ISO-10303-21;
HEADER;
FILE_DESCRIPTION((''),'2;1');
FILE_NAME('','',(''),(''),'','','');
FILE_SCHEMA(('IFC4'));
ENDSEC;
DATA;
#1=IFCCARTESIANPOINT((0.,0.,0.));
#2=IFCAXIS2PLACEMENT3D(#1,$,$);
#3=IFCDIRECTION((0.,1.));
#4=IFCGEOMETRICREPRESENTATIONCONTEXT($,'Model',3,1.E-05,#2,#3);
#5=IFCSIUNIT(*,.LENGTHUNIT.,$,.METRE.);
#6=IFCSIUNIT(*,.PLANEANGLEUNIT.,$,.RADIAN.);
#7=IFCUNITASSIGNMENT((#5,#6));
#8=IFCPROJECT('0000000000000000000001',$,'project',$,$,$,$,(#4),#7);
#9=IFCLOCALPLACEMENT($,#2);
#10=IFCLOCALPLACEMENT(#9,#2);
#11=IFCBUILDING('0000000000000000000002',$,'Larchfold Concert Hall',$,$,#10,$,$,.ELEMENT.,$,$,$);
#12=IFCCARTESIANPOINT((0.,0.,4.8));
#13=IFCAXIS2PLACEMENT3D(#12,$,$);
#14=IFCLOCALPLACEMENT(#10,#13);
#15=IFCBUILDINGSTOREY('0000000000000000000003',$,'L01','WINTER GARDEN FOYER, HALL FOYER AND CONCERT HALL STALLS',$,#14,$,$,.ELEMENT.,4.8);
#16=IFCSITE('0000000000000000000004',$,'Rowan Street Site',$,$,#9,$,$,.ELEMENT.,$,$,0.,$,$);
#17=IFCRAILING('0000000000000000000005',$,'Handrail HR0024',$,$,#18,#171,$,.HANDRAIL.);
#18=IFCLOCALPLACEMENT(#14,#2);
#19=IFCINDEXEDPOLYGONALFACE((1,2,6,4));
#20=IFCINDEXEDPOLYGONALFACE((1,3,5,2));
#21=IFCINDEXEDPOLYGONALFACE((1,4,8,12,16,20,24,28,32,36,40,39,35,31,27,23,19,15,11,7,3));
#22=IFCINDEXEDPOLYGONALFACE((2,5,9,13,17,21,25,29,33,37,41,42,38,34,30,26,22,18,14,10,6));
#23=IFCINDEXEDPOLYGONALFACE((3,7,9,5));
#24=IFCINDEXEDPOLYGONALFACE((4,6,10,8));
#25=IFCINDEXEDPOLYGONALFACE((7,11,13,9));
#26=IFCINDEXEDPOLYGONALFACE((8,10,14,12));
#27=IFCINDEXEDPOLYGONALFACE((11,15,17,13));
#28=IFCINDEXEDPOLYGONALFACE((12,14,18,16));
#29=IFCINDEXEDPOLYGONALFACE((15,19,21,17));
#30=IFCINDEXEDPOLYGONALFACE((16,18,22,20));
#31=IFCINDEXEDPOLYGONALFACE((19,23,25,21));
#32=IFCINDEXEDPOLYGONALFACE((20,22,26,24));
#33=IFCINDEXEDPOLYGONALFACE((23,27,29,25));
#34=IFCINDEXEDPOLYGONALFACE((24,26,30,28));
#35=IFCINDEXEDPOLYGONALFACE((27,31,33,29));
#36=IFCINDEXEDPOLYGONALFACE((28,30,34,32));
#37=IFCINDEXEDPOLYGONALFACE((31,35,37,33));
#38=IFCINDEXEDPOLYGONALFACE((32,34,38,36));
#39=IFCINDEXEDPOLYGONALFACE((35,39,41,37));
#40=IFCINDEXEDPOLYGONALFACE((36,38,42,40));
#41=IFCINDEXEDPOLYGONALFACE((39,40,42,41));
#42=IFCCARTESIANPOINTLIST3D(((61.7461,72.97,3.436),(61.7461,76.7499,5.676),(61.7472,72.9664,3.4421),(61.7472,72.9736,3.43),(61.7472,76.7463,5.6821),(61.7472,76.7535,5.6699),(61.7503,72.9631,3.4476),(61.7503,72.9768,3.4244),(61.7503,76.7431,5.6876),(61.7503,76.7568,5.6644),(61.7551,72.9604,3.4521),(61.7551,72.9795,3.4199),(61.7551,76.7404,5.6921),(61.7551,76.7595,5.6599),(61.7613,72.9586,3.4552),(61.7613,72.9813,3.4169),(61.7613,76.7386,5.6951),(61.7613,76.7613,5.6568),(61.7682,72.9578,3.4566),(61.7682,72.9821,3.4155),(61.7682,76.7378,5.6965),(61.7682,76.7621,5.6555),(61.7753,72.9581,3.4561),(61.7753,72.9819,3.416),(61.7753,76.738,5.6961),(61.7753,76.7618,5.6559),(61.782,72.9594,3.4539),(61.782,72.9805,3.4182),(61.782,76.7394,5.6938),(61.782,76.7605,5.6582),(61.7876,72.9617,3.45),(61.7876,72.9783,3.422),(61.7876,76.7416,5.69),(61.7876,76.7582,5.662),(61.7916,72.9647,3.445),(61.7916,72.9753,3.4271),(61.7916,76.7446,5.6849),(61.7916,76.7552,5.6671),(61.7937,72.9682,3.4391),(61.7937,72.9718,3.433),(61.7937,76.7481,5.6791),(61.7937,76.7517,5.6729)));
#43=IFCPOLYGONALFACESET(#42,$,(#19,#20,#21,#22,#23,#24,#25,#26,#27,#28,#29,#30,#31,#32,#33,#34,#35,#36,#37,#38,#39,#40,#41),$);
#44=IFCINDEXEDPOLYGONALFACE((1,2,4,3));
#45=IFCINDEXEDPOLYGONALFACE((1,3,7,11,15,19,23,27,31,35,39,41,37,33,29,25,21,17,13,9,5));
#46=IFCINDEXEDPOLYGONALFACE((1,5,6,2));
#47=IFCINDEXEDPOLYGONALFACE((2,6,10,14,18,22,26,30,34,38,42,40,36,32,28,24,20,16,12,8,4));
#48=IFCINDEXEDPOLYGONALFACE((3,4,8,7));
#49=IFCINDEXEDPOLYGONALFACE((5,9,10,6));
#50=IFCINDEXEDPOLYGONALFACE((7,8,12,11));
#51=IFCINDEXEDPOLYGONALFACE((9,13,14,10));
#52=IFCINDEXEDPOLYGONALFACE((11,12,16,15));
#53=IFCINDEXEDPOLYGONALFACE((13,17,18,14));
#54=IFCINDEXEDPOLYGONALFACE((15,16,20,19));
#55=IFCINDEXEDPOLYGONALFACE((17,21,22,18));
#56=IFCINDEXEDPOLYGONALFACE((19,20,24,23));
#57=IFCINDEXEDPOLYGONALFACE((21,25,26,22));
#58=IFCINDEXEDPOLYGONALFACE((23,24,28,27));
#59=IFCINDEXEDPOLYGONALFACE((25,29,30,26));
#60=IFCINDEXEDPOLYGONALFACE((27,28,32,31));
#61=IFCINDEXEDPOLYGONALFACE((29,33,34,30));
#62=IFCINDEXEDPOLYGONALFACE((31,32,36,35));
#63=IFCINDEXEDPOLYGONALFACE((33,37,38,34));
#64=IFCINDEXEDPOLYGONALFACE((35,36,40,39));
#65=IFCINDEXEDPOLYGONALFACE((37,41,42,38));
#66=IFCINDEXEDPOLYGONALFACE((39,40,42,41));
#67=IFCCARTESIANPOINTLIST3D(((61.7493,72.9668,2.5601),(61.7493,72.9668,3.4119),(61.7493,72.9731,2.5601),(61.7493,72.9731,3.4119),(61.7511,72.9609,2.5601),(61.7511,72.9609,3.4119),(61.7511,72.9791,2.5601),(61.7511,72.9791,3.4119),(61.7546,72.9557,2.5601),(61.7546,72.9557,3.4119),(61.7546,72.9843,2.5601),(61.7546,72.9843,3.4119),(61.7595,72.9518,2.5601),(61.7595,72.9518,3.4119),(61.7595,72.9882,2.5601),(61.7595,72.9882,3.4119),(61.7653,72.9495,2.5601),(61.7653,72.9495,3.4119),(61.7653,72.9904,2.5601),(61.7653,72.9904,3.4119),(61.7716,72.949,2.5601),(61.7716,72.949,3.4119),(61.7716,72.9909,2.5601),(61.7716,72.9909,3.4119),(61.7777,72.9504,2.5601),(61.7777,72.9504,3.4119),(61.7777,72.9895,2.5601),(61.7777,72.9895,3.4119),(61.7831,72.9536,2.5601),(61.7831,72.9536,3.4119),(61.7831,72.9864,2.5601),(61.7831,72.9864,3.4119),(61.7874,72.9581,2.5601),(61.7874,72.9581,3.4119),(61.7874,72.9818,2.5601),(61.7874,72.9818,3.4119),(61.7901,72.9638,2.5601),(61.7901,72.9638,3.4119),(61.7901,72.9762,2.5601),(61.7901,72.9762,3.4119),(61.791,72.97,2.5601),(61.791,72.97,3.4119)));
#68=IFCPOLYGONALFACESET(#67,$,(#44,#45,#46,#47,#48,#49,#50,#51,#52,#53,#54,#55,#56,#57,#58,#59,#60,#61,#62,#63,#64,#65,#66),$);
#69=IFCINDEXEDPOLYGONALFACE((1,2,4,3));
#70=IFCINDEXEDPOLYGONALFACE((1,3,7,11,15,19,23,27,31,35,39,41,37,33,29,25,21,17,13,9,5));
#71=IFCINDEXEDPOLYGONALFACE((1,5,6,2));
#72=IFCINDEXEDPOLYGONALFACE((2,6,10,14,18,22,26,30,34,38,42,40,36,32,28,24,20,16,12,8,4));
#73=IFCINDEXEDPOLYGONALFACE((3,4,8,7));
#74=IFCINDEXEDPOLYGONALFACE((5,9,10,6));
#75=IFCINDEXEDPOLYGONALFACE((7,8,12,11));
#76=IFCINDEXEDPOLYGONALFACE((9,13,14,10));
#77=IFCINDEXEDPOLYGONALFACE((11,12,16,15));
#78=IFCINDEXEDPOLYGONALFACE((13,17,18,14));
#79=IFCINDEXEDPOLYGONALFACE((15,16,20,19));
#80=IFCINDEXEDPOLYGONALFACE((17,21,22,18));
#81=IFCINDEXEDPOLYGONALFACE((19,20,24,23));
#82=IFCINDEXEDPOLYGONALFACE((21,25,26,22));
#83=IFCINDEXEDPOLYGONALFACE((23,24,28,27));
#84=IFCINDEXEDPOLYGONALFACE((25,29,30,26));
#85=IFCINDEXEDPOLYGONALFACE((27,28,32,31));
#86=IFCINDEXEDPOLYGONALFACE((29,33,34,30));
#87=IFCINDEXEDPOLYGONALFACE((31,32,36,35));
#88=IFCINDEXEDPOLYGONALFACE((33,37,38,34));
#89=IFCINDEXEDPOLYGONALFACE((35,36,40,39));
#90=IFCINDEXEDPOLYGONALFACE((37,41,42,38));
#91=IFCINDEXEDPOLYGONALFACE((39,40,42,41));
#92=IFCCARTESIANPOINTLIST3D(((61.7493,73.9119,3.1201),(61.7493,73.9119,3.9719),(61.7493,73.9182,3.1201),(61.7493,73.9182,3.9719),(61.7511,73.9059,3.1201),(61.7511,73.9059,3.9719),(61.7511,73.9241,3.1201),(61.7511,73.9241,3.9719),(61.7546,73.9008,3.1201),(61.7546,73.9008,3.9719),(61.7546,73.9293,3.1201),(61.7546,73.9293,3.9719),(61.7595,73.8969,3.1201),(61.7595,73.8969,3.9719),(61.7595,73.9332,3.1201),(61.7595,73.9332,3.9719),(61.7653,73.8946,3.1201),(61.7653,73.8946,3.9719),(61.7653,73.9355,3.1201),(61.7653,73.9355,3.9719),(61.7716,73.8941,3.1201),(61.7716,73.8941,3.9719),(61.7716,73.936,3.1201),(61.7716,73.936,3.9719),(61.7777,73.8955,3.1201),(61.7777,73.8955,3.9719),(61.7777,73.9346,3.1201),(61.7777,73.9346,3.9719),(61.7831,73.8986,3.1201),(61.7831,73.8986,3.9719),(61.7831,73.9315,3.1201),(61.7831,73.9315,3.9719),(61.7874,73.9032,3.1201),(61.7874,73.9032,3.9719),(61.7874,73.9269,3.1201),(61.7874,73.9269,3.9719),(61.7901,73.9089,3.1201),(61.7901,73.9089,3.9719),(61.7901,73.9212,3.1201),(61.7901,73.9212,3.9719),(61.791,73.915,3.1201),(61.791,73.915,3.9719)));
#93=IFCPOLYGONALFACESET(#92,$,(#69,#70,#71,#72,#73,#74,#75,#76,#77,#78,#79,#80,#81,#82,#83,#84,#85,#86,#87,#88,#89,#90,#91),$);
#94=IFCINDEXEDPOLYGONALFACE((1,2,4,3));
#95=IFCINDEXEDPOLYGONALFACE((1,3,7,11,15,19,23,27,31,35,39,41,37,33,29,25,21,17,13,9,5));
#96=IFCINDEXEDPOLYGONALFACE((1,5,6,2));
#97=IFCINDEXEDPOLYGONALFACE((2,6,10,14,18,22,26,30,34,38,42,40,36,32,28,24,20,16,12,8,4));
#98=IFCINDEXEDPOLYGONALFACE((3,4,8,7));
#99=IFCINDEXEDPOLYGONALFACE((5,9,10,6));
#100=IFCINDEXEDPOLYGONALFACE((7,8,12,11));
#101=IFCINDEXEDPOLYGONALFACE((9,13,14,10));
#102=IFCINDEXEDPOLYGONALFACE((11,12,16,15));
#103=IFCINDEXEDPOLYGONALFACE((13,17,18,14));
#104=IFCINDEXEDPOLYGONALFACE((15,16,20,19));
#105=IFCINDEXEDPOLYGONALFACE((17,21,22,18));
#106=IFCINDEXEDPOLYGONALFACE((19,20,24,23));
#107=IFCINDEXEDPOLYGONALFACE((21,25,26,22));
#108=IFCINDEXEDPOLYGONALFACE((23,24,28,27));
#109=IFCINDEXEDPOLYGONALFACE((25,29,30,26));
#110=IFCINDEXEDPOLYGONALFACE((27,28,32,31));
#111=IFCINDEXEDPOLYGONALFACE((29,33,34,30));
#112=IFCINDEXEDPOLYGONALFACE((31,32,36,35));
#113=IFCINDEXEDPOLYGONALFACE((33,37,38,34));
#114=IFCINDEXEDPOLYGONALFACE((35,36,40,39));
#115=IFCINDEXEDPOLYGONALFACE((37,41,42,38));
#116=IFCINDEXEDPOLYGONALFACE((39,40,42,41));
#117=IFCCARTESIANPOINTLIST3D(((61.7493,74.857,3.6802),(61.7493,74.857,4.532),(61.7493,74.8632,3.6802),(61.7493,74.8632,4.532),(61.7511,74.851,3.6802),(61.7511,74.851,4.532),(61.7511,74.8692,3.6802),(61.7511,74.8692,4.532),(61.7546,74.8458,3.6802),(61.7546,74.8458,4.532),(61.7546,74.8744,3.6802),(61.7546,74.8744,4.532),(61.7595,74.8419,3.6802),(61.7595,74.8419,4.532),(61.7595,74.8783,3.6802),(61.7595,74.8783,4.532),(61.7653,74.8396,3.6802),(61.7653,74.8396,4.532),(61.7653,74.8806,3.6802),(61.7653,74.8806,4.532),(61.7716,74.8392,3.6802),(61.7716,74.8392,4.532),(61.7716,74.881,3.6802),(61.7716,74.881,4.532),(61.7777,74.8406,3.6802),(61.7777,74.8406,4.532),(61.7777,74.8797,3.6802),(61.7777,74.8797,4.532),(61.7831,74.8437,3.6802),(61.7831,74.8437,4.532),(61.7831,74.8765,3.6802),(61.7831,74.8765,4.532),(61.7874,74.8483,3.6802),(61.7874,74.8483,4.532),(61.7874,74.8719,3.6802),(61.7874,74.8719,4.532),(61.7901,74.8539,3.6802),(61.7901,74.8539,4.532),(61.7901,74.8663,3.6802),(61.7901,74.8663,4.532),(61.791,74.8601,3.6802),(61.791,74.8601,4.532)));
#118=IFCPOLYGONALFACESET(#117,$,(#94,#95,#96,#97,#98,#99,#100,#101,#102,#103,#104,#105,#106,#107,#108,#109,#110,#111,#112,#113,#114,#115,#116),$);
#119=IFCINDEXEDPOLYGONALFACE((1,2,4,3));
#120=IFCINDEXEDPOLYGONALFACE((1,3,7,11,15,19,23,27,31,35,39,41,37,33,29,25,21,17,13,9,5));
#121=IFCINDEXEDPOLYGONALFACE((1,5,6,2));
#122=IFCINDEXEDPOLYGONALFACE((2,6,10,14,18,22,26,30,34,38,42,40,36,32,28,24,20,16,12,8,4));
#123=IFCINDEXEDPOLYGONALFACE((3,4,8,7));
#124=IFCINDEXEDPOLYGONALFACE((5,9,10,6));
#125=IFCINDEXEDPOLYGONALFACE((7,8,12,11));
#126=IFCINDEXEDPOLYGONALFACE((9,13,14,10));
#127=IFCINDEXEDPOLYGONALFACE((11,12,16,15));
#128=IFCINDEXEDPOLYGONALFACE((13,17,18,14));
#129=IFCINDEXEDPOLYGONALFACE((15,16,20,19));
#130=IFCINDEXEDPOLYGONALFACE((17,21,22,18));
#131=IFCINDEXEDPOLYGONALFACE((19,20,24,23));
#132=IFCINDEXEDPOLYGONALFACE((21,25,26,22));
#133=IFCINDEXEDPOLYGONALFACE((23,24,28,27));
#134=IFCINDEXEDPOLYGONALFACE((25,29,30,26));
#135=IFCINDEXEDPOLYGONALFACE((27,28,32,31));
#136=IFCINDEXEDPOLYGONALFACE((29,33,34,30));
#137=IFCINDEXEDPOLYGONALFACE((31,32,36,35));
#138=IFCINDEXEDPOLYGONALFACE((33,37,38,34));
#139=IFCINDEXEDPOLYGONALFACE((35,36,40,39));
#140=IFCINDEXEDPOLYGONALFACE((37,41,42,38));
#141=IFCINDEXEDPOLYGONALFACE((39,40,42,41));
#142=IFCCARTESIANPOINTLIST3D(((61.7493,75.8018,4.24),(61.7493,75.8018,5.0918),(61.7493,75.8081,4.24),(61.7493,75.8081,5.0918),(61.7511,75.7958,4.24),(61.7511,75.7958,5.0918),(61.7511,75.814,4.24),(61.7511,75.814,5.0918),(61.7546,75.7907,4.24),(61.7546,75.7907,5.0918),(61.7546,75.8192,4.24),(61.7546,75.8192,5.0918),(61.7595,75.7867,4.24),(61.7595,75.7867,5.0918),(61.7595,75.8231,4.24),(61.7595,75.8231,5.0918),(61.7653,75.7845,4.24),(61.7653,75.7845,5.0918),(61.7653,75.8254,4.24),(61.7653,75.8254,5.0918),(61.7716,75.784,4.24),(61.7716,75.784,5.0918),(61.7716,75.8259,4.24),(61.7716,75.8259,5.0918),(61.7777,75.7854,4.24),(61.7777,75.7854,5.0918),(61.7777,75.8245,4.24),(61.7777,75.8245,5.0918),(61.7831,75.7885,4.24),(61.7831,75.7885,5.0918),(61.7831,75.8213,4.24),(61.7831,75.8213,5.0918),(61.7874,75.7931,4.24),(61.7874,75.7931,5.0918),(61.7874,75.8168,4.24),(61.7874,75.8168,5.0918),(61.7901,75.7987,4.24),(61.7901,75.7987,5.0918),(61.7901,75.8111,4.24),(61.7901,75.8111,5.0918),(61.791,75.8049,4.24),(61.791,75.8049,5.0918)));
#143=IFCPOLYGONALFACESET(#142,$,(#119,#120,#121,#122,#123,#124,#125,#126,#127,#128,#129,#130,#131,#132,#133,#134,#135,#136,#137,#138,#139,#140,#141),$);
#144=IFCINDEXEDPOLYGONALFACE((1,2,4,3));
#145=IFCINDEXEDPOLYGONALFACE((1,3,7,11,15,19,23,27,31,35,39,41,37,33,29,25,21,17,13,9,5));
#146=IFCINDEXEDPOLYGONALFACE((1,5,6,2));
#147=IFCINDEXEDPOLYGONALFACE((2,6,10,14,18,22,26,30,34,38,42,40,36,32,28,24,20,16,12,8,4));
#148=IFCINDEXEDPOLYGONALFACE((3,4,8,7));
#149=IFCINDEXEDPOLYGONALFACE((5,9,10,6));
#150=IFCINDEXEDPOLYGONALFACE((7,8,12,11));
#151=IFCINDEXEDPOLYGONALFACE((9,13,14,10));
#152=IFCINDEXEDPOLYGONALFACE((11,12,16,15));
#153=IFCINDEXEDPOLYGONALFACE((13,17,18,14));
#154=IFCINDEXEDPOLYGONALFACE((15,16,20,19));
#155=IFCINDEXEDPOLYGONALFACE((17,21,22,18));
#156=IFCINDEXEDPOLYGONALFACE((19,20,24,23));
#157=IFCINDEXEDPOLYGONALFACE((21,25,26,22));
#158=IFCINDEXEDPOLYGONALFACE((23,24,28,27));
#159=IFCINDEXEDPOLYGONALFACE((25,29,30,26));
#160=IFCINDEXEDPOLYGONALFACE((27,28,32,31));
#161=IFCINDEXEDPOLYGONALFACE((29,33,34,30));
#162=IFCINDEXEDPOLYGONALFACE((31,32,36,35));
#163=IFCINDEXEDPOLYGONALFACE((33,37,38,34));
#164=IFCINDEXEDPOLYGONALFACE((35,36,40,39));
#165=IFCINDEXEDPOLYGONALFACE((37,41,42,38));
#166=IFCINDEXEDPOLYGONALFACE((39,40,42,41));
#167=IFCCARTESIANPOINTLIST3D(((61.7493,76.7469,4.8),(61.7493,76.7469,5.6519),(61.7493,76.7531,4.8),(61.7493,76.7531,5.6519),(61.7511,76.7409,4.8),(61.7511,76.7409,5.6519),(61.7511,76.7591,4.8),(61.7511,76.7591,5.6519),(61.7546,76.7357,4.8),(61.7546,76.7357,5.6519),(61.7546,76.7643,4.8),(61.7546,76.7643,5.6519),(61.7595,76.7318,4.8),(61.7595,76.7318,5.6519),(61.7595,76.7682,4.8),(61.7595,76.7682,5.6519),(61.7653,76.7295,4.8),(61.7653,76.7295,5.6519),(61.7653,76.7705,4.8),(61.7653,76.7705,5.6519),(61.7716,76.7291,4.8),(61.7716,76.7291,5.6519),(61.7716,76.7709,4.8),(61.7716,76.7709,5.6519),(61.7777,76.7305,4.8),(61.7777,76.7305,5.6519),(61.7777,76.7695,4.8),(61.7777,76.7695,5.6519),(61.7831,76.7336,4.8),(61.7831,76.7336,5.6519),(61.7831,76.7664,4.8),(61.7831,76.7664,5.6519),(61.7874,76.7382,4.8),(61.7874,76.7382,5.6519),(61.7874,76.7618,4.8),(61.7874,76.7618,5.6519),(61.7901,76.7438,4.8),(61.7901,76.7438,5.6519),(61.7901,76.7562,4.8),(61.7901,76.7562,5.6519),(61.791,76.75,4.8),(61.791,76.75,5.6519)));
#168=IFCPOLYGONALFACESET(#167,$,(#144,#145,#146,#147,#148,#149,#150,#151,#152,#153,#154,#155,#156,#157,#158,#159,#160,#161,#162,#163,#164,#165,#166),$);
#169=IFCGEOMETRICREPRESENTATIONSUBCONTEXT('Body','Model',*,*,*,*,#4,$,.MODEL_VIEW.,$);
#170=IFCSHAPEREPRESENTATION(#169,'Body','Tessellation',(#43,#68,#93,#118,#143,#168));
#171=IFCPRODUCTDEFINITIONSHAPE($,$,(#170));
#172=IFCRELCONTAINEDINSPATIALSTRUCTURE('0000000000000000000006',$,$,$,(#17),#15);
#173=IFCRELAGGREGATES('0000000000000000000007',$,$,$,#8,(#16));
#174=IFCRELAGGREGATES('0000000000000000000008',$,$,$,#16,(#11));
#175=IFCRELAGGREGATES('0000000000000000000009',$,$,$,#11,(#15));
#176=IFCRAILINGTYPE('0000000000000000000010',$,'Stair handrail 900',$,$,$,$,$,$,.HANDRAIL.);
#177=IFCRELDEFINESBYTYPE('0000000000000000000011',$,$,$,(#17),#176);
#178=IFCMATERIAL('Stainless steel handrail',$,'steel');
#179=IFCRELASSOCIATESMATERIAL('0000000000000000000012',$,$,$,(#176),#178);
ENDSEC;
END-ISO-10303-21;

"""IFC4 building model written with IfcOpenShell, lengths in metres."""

from ifc_helpers import new_model, si_unit, direction, frame, origin, origin_2d, place, context, subcontext, project, spatial, circle, extrude, material, type_object, element, save


model = new_model("IFC4")

# Units and contexts
model_context = context("Model", 3, precision=1e-05, world=origin(), true_north=direction((0.0, 1.0)))
body_context = subcontext(model_context, "Body", "Model", "MODEL_VIEW")
ifc_project = project(units=[si_unit("LENGTHUNIT", "METRE"), si_unit("PLANEANGLEUNIT", "RADIAN")], contexts=[model_context])

# Site, building, storey
site_placement = place(None, origin())
site = spatial("IfcSite", under=ifc_project, at=site_placement, Name="Rowan Street Site", CompositionType="ELEMENT", RefElevation=0.0)
building_placement = place(site_placement, origin())
building = spatial("IfcBuilding", under=site, at=building_placement, Name="Larchfold Concert Hall", CompositionType="ELEMENT")
storey_placement = place(building_placement, frame((0.0, 0.0, 4.8)))
storey = spatial("IfcBuildingStorey", under=building, at=storey_placement, Name="L01", Description="WINTER GARDEN FOYER, HALL FOYER AND CONCERT HALL STALLS", CompositionType="ELEMENT", Elevation=4.8)

# Railing
ifc_material_1 = material(Name="Stainless steel handrail", Category="steel")
railing_type_1 = type_object("IfcRailingType", Name="Stair handrail 900", PredefinedType="HANDRAIL", material=ifc_material_1)
railing_1_placement = place(storey_placement, frame((61.77, 72.97, 2.5601)))
element("IfcRailing", 1, at=railing_1_placement, inside=storey, type_object=railing_type_1, Name="Handrail HR0024", PredefinedType="HANDRAIL", context=body_context, shape_type="SweptSolid", body=[
    extrude(circle(Radius=0.0239, at=origin_2d()), frame((0.0, 0.0, 0.876), z_axis=(0.0, 0.860294, 0.509798), x_axis=(-1.0, 0.0, 0.0)), (0.0, 0.0, 1.0), 4.3938),
    extrude(circle(Radius=0.021, at=origin_2d()), origin(), (0.0, 0.0, 1.0), 0.8518),
    extrude(circle(Radius=0.021, at=origin_2d()), frame((0.0, 0.9451, 0.5601)), (0.0, 0.0, 1.0), 0.8518),
    extrude(circle(Radius=0.021, at=origin_2d()), frame((0.0, 1.8901, 1.1201)), (0.0, 0.0, 1.0), 0.8518),
    extrude(circle(Radius=0.021, at=origin_2d()), frame((0.0, 2.835, 1.6799)), (0.0, 0.0, 1.0), 0.8518),
    extrude(circle(Radius=0.021, at=origin_2d()), frame((0.0, 3.78, 2.24)), (0.0, 0.0, 1.0), 0.8518),
])

save(model, "model.ifc")
